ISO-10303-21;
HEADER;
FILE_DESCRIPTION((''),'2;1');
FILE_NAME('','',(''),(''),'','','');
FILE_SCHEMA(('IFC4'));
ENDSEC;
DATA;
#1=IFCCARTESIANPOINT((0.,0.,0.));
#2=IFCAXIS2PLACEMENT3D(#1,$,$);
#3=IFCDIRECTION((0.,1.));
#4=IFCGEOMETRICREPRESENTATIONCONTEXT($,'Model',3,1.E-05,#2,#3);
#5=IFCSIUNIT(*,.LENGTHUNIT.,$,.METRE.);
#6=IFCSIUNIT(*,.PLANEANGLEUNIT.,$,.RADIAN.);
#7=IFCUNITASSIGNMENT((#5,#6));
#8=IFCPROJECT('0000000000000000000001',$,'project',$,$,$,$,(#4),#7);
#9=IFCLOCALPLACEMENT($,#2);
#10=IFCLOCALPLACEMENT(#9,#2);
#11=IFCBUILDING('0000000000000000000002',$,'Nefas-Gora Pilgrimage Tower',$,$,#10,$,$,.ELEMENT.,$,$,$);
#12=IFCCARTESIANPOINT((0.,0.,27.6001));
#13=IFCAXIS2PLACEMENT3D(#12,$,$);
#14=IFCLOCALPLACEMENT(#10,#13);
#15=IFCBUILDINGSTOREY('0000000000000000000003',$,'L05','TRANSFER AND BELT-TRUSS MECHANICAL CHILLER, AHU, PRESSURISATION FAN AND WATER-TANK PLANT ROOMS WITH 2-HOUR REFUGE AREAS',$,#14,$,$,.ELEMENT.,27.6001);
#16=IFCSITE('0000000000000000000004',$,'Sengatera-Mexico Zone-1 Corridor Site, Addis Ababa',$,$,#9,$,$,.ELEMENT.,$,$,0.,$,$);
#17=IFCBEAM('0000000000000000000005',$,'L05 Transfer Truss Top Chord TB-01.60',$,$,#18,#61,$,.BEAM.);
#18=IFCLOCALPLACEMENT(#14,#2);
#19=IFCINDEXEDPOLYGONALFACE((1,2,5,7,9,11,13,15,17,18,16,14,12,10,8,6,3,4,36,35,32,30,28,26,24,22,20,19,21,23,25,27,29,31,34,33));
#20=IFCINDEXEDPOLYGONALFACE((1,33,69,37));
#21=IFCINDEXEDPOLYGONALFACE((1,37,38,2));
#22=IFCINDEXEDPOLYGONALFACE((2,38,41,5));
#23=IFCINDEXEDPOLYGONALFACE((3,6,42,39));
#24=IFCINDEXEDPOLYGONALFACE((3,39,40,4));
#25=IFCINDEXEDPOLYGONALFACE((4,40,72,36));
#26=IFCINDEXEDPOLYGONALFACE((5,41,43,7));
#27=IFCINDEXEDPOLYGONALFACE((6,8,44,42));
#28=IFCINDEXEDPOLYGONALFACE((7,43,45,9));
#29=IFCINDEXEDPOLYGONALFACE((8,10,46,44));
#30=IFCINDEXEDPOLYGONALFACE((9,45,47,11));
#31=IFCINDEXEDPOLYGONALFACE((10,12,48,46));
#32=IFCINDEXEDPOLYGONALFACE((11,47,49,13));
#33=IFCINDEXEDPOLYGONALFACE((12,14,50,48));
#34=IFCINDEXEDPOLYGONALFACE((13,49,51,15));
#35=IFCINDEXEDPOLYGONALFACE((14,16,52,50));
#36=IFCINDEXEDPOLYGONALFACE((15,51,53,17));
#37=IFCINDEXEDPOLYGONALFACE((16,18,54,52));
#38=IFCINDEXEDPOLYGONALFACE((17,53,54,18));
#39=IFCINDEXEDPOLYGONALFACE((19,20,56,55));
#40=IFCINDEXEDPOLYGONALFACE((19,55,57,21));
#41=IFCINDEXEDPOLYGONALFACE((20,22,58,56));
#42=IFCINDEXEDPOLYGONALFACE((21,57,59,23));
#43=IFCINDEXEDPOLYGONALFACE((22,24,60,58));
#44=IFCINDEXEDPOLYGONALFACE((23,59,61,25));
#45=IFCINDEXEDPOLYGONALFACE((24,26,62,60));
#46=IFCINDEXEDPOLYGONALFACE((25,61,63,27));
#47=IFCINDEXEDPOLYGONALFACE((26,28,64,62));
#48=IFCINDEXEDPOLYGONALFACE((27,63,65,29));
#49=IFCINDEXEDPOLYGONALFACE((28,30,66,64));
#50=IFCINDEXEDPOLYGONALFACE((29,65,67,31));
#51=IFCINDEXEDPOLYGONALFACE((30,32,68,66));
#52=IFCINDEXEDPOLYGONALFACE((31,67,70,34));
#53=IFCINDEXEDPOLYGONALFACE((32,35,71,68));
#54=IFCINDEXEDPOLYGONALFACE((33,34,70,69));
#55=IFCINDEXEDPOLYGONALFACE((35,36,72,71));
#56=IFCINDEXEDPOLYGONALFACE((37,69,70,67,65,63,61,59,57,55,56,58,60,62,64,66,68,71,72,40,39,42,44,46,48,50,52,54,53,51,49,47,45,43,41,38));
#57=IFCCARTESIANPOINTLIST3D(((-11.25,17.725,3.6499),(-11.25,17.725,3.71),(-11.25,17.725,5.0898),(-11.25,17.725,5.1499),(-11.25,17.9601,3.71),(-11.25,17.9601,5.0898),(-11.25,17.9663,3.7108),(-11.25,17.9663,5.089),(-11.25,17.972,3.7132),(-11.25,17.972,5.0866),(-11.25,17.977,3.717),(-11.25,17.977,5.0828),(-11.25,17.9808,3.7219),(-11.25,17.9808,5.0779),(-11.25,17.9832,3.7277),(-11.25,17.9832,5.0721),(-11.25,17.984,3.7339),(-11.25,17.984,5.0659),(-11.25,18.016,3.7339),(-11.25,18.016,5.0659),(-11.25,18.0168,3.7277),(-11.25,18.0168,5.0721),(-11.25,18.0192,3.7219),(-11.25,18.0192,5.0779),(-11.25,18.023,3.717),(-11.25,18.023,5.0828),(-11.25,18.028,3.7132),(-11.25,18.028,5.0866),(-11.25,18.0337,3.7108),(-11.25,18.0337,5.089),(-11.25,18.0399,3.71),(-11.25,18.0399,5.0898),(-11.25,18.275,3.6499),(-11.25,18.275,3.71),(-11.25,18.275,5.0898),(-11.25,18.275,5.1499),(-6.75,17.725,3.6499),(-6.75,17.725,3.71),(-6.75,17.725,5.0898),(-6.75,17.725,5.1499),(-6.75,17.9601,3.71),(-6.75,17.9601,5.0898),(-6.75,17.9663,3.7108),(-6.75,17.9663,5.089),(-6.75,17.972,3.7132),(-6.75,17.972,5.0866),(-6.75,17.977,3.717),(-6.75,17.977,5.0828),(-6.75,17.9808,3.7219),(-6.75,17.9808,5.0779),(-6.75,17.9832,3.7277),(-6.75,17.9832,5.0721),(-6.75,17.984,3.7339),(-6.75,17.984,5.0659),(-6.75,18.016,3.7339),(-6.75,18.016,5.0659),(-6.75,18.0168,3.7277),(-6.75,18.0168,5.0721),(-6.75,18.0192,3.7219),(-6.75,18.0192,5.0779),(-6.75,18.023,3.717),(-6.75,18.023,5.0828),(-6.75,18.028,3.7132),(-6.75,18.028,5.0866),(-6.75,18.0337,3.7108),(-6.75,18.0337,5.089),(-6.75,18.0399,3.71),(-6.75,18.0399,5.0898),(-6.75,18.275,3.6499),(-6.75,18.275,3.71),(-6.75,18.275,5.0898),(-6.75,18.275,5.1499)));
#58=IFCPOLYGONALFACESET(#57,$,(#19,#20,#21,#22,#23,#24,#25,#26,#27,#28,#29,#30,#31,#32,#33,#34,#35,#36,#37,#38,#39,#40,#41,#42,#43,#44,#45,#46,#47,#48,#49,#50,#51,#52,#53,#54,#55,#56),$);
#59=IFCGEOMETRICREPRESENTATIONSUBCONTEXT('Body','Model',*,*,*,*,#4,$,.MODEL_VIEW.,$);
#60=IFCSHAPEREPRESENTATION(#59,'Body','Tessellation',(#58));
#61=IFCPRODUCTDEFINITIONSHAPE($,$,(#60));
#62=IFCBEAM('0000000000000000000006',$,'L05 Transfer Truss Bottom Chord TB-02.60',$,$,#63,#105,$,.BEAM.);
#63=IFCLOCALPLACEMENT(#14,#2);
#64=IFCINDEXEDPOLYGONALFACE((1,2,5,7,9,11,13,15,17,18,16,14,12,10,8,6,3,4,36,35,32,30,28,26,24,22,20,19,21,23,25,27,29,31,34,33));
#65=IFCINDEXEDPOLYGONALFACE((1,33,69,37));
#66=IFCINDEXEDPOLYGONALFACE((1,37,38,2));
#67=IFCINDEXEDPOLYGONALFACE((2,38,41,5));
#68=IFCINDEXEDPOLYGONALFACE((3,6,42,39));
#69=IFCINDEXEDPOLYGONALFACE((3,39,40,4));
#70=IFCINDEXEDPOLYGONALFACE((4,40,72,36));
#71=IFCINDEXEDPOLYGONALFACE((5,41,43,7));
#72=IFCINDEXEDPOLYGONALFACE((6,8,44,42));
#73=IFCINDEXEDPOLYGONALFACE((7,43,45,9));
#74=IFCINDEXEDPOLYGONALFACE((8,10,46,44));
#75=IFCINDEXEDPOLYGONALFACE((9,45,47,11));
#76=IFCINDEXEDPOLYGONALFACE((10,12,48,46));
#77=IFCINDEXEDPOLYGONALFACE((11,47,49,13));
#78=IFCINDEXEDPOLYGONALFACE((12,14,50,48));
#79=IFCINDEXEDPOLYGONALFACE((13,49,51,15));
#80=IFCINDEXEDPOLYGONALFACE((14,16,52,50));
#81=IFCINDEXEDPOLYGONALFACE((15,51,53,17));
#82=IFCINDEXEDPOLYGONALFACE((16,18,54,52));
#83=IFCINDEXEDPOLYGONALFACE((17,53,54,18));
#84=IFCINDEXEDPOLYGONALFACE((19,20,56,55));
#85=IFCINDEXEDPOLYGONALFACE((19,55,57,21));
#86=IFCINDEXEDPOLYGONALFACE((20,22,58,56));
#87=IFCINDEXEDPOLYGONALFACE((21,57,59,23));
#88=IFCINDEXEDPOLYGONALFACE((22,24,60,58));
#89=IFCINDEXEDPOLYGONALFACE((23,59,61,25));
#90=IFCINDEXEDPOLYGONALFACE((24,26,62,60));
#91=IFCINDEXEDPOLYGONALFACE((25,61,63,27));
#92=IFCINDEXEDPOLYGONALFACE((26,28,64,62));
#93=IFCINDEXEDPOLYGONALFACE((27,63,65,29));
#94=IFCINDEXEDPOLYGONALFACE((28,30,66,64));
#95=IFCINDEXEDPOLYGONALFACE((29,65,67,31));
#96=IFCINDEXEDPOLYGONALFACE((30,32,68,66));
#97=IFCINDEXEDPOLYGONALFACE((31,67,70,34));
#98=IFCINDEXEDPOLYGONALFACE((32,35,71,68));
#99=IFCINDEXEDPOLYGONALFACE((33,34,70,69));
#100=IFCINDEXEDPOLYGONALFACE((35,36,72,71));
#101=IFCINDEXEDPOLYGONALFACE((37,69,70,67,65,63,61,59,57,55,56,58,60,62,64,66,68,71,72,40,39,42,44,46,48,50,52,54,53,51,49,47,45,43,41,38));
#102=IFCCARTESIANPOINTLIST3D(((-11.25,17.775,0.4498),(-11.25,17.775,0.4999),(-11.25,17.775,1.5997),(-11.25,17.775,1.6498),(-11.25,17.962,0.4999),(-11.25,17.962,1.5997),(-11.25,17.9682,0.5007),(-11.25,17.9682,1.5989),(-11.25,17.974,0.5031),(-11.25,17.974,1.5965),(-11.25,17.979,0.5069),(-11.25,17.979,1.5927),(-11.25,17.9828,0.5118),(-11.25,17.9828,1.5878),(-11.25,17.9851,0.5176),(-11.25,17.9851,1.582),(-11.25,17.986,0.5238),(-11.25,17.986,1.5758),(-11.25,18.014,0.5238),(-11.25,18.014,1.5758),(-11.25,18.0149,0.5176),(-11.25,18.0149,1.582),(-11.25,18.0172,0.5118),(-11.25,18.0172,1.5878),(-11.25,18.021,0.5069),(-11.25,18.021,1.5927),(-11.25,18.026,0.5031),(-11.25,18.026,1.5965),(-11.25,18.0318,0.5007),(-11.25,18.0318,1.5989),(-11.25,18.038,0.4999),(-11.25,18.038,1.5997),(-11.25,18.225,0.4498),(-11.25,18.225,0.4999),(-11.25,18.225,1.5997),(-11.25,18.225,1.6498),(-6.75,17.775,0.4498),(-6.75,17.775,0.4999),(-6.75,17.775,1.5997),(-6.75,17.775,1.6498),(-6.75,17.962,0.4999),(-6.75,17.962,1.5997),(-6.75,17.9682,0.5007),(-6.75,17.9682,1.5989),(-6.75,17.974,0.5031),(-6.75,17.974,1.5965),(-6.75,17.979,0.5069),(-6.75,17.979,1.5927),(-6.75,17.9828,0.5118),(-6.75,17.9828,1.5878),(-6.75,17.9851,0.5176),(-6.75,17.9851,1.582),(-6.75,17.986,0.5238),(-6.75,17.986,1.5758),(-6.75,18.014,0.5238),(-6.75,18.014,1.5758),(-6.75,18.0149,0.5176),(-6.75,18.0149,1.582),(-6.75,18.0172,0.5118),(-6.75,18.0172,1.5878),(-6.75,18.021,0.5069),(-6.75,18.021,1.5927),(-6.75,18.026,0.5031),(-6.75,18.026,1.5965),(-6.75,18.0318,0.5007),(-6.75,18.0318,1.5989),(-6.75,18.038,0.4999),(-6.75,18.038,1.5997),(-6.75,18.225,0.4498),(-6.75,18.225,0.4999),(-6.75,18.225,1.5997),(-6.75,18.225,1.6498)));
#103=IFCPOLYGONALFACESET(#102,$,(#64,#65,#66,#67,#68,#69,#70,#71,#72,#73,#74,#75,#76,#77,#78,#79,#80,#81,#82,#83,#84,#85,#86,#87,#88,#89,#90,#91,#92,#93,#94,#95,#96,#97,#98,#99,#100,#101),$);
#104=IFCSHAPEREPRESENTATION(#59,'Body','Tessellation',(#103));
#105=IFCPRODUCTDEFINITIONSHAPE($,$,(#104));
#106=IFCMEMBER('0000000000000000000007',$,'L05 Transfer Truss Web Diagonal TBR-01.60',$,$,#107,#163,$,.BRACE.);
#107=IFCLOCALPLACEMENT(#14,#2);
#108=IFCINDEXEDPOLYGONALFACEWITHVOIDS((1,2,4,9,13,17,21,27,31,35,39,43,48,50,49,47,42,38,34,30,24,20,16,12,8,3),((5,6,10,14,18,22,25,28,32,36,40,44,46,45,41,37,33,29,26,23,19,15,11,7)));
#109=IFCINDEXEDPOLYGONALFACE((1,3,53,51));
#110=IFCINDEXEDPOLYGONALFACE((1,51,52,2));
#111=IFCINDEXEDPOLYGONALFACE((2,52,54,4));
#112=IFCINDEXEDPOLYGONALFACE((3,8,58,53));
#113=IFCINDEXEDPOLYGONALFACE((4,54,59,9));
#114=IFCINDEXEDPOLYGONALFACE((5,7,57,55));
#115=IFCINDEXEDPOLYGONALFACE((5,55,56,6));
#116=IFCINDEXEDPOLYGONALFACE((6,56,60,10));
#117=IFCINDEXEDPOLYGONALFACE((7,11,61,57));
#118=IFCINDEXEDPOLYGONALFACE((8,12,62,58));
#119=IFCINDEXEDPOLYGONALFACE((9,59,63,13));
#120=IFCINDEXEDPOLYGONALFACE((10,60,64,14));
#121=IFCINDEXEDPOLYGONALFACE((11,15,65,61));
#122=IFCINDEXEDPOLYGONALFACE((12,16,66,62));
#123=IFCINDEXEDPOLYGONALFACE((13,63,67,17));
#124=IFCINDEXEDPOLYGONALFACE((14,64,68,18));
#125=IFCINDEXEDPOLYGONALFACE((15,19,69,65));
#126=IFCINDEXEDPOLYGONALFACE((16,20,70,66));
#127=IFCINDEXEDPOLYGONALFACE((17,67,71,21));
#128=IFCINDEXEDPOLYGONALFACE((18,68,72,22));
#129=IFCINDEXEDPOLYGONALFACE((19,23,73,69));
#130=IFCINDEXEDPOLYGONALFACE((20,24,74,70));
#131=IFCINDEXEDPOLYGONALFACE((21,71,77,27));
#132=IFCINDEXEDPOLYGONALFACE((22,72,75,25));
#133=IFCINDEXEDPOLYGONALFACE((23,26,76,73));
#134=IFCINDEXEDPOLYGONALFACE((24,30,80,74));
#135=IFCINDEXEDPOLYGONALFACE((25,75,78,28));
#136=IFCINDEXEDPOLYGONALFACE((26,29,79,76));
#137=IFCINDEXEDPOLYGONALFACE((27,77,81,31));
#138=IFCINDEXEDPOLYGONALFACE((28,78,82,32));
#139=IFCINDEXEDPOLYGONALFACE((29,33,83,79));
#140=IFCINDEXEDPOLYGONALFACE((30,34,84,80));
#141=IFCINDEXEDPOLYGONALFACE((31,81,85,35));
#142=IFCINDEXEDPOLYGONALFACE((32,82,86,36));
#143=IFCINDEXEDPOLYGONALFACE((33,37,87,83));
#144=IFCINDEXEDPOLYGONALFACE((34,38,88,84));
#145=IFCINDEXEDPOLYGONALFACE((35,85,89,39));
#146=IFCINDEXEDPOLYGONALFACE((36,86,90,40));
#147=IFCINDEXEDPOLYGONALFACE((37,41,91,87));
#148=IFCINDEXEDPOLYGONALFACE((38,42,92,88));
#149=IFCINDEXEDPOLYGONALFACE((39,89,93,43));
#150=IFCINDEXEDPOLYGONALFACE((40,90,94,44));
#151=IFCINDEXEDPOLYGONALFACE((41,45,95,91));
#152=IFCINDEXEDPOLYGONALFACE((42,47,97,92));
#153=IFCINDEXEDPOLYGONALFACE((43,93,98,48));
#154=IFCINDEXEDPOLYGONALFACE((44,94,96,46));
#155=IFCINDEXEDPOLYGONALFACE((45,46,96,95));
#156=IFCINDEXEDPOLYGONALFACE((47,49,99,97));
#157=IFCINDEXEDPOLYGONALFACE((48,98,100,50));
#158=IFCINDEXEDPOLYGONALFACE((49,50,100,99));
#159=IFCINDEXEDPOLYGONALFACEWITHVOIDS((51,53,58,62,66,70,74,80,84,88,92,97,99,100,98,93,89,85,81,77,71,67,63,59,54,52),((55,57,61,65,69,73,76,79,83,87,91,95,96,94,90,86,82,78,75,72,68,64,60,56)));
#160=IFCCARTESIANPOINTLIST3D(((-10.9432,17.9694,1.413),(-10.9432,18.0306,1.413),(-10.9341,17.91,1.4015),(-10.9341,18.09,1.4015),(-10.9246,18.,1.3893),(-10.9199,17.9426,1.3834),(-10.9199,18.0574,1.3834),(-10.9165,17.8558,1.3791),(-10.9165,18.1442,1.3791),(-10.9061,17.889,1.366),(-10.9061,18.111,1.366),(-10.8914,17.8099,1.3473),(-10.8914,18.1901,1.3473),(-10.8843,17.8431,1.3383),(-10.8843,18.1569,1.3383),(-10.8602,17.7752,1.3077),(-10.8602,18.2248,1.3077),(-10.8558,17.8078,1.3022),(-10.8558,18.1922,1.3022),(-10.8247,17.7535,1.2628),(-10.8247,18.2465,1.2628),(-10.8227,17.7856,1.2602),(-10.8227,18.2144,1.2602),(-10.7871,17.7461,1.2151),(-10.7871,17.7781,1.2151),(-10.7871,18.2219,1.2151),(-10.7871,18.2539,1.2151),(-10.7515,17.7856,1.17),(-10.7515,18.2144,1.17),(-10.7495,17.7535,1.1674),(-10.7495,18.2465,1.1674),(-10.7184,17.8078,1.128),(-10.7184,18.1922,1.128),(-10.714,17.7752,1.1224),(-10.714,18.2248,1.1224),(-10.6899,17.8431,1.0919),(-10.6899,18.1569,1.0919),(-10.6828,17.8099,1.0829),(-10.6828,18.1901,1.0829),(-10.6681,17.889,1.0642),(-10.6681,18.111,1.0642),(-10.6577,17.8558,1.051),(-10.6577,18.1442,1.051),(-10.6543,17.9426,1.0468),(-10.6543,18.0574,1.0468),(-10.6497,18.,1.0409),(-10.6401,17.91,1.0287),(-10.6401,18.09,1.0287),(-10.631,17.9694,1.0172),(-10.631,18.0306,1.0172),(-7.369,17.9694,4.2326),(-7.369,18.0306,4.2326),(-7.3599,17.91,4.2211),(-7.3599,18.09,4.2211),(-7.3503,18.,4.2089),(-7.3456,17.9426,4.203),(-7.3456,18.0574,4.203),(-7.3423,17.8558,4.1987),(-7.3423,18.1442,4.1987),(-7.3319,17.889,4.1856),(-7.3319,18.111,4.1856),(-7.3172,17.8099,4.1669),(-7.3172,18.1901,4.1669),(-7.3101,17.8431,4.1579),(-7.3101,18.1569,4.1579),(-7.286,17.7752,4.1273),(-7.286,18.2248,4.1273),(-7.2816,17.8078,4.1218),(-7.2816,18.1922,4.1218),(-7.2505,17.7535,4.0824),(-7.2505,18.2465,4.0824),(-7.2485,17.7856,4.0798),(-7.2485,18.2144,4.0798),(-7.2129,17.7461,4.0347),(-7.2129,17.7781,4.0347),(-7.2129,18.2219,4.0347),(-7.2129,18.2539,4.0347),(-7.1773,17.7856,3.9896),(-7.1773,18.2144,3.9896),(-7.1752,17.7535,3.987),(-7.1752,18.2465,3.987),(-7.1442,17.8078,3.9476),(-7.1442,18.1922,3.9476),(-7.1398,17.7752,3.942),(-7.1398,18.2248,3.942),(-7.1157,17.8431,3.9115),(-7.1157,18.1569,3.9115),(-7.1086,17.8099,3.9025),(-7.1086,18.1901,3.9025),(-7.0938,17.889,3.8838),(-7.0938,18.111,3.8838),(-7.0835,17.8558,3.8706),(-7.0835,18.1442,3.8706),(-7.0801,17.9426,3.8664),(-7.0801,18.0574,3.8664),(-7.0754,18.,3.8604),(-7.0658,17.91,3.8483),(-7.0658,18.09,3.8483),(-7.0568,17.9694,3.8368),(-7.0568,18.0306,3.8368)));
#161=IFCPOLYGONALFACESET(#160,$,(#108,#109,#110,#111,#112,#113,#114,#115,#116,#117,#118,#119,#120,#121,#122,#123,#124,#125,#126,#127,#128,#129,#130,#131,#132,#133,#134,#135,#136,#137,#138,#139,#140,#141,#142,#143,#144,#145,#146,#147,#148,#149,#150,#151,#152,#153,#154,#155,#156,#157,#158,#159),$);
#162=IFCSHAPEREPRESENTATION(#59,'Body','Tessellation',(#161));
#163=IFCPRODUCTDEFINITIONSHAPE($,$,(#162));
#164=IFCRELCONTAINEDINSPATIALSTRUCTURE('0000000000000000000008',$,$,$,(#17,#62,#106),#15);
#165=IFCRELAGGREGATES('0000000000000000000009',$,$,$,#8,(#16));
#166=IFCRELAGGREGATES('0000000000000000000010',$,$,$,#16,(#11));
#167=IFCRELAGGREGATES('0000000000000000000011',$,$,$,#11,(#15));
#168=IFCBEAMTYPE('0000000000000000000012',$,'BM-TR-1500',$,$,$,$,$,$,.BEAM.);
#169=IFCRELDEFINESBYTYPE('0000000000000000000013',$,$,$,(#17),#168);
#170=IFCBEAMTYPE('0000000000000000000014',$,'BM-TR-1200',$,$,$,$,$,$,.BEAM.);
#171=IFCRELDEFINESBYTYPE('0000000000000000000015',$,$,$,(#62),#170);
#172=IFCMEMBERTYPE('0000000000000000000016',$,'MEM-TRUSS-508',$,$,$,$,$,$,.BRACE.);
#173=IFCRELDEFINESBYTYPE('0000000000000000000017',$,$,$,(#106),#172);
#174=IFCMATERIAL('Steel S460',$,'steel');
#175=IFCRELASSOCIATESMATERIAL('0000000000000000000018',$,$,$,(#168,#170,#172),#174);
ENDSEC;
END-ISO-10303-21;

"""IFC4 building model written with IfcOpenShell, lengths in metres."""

from ifc_helpers import new_model, si_unit, direction, frame, origin, origin_2d, place, context, subcontext, project, spatial, hollow_circle, i_section, extrude, source, transform, mapped, material, material_profile, profile_set, type_object, element, save


model = new_model("IFC4")

# Units and contexts
model_context = context("Model", 3, precision=1e-05, world=origin(), true_north=direction((0.0, 1.0)))
body_context = subcontext(model_context, "Body", "Model", "MODEL_VIEW")
ifc_project = project(units=[si_unit("LENGTHUNIT", "METRE"), si_unit("PLANEANGLEUNIT", "RADIAN")], contexts=[model_context])

# Site, building, storey
site_placement = place(None, origin())
site = spatial("IfcSite", under=ifc_project, at=site_placement, Name="Sengatera-Mexico Zone-1 Corridor Site, Addis Ababa", CompositionType="ELEMENT", RefElevation=0.0)
building_placement = place(site_placement, origin())
building = spatial("IfcBuilding", under=site, at=building_placement, Name="Nefas-Gora Pilgrimage Tower", CompositionType="ELEMENT")
storey_placement = place(building_placement, frame((0.0, 0.0, 27.6001)))
storey = spatial("IfcBuildingStorey", under=building, at=storey_placement, Name="L05", Description="TRANSFER AND BELT-TRUSS MECHANICAL CHILLER, AHU, PRESSURISATION FAN AND WATER-TANK PLANT ROOMS WITH 2-HOUR REFUGE AREAS", CompositionType="ELEMENT", Elevation=27.6001)

# Shared definitions
ifc_material_1 = material(Name="Steel S460", Category="steel")

# Beams
ifc_material_profile_1 = material_profile(ifc_material_1, i_section(OverallWidth=0.55, OverallDepth=1.5, WebThickness=0.032, FlangeThickness=0.0601, FilletRadius=0.0239, at=origin_2d()), Name="WPG 1500x550x32x60")
ifc_profile_set_1 = profile_set([ifc_material_profile_1], Name="Steel S460")
beam_type_1 = type_object("IfcBeamType", Name="BM-TR-1500", PredefinedType="BEAM", material=ifc_profile_set_1)
shared_shape_1 = source(origin(), body_context, "Body", "SweptSolid", [
    extrude(i_section(OverallWidth=0.55, OverallDepth=1.5, WebThickness=0.032, FlangeThickness=0.0601, FilletRadius=0.0239, at=origin_2d()), origin(), (0.0, 0.0, 1.0), 4.5),
])
beam_1_placement = place(storey_placement, frame((-11.25, 18.0, 4.3999), z_axis=(1.0, 0.0, 0.0), x_axis=(0.0, 1.0, 0.0)))
element("IfcBeam", 1, at=beam_1_placement, inside=storey, type_object=beam_type_1, Name="L05 Transfer Truss Top Chord TB-01.60", PredefinedType="BEAM", context=body_context, shape_type="MappedRepresentation", body=[
    mapped(shared_shape_1, transform((0.0, 0.0, 0.0), x_axis=(1.0, 0.0, 0.0), y_axis=(0.0, 1.0, 0.0), z_axis=(0.0, 0.0, 1.0), scale=1.0)),
])
ifc_material_profile_2 = material_profile(ifc_material_1, i_section(OverallWidth=0.45, OverallDepth=1.2, WebThickness=0.0281, FlangeThickness=0.05, FilletRadius=0.0239, at=origin_2d()), Name="WPG 1200x450x28x50")
ifc_profile_set_2 = profile_set([ifc_material_profile_2], Name="Steel S460")
beam_type_2 = type_object("IfcBeamType", Name="BM-TR-1200", PredefinedType="BEAM", material=ifc_profile_set_2)
shared_shape_2 = source(origin(), body_context, "Body", "SweptSolid", [
    extrude(i_section(OverallWidth=0.45, OverallDepth=1.2, WebThickness=0.0281, FlangeThickness=0.05, FilletRadius=0.0239, at=origin_2d()), origin(), (0.0, 0.0, 1.0), 4.5),
])
beam_2_placement = place(storey_placement, frame((-11.25, 18.0, 1.0498), z_axis=(1.0, 0.0, 0.0), x_axis=(0.0, 1.0, 0.0)))
element("IfcBeam", 2, at=beam_2_placement, inside=storey, type_object=beam_type_2, Name="L05 Transfer Truss Bottom Chord TB-02.60", PredefinedType="BEAM", context=body_context, shape_type="MappedRepresentation", body=[
    mapped(shared_shape_2, transform((0.0, 0.0, 0.0), x_axis=(1.0, 0.0, 0.0), y_axis=(0.0, 1.0, 0.0), z_axis=(0.0, 0.0, 1.0), scale=1.0)),
])

# Member
ifc_material_profile_3 = material_profile(ifc_material_1, hollow_circle(Radius=0.2539, WallThickness=0.032, at=origin_2d()), Name="CHS 508x32")
ifc_profile_set_3 = profile_set([ifc_material_profile_3], Name="Steel S460")
member_type = type_object("IfcMemberType", Name="MEM-TRUSS-508", PredefinedType="BRACE", material=ifc_profile_set_3)
shared_shape_3 = source(origin(), body_context, "Body", "SweptSolid", [
    extrude(hollow_circle(Radius=0.2539, WallThickness=0.032, at=origin_2d()), origin(), (0.0, 0.0, 1.0), 4.5525),
])
member_placement = place(storey_placement, frame((-10.7871, 18.0, 1.2151), z_axis=(0.785115, 0.0, 0.61935), x_axis=(0.0, 1.0, 0.0)))
element("IfcMember", 3, at=member_placement, inside=storey, type_object=member_type, Name="L05 Transfer Truss Web Diagonal TBR-01.60", PredefinedType="BRACE", context=body_context, shape_type="MappedRepresentation", body=[
    mapped(shared_shape_3, transform((0.0, 0.0, 0.0), x_axis=(1.0, 0.0, 0.0), y_axis=(0.0, 1.0, 0.0), z_axis=(0.0, 0.0, 1.0), scale=1.0)),
])

save(model, "model.ifc")
